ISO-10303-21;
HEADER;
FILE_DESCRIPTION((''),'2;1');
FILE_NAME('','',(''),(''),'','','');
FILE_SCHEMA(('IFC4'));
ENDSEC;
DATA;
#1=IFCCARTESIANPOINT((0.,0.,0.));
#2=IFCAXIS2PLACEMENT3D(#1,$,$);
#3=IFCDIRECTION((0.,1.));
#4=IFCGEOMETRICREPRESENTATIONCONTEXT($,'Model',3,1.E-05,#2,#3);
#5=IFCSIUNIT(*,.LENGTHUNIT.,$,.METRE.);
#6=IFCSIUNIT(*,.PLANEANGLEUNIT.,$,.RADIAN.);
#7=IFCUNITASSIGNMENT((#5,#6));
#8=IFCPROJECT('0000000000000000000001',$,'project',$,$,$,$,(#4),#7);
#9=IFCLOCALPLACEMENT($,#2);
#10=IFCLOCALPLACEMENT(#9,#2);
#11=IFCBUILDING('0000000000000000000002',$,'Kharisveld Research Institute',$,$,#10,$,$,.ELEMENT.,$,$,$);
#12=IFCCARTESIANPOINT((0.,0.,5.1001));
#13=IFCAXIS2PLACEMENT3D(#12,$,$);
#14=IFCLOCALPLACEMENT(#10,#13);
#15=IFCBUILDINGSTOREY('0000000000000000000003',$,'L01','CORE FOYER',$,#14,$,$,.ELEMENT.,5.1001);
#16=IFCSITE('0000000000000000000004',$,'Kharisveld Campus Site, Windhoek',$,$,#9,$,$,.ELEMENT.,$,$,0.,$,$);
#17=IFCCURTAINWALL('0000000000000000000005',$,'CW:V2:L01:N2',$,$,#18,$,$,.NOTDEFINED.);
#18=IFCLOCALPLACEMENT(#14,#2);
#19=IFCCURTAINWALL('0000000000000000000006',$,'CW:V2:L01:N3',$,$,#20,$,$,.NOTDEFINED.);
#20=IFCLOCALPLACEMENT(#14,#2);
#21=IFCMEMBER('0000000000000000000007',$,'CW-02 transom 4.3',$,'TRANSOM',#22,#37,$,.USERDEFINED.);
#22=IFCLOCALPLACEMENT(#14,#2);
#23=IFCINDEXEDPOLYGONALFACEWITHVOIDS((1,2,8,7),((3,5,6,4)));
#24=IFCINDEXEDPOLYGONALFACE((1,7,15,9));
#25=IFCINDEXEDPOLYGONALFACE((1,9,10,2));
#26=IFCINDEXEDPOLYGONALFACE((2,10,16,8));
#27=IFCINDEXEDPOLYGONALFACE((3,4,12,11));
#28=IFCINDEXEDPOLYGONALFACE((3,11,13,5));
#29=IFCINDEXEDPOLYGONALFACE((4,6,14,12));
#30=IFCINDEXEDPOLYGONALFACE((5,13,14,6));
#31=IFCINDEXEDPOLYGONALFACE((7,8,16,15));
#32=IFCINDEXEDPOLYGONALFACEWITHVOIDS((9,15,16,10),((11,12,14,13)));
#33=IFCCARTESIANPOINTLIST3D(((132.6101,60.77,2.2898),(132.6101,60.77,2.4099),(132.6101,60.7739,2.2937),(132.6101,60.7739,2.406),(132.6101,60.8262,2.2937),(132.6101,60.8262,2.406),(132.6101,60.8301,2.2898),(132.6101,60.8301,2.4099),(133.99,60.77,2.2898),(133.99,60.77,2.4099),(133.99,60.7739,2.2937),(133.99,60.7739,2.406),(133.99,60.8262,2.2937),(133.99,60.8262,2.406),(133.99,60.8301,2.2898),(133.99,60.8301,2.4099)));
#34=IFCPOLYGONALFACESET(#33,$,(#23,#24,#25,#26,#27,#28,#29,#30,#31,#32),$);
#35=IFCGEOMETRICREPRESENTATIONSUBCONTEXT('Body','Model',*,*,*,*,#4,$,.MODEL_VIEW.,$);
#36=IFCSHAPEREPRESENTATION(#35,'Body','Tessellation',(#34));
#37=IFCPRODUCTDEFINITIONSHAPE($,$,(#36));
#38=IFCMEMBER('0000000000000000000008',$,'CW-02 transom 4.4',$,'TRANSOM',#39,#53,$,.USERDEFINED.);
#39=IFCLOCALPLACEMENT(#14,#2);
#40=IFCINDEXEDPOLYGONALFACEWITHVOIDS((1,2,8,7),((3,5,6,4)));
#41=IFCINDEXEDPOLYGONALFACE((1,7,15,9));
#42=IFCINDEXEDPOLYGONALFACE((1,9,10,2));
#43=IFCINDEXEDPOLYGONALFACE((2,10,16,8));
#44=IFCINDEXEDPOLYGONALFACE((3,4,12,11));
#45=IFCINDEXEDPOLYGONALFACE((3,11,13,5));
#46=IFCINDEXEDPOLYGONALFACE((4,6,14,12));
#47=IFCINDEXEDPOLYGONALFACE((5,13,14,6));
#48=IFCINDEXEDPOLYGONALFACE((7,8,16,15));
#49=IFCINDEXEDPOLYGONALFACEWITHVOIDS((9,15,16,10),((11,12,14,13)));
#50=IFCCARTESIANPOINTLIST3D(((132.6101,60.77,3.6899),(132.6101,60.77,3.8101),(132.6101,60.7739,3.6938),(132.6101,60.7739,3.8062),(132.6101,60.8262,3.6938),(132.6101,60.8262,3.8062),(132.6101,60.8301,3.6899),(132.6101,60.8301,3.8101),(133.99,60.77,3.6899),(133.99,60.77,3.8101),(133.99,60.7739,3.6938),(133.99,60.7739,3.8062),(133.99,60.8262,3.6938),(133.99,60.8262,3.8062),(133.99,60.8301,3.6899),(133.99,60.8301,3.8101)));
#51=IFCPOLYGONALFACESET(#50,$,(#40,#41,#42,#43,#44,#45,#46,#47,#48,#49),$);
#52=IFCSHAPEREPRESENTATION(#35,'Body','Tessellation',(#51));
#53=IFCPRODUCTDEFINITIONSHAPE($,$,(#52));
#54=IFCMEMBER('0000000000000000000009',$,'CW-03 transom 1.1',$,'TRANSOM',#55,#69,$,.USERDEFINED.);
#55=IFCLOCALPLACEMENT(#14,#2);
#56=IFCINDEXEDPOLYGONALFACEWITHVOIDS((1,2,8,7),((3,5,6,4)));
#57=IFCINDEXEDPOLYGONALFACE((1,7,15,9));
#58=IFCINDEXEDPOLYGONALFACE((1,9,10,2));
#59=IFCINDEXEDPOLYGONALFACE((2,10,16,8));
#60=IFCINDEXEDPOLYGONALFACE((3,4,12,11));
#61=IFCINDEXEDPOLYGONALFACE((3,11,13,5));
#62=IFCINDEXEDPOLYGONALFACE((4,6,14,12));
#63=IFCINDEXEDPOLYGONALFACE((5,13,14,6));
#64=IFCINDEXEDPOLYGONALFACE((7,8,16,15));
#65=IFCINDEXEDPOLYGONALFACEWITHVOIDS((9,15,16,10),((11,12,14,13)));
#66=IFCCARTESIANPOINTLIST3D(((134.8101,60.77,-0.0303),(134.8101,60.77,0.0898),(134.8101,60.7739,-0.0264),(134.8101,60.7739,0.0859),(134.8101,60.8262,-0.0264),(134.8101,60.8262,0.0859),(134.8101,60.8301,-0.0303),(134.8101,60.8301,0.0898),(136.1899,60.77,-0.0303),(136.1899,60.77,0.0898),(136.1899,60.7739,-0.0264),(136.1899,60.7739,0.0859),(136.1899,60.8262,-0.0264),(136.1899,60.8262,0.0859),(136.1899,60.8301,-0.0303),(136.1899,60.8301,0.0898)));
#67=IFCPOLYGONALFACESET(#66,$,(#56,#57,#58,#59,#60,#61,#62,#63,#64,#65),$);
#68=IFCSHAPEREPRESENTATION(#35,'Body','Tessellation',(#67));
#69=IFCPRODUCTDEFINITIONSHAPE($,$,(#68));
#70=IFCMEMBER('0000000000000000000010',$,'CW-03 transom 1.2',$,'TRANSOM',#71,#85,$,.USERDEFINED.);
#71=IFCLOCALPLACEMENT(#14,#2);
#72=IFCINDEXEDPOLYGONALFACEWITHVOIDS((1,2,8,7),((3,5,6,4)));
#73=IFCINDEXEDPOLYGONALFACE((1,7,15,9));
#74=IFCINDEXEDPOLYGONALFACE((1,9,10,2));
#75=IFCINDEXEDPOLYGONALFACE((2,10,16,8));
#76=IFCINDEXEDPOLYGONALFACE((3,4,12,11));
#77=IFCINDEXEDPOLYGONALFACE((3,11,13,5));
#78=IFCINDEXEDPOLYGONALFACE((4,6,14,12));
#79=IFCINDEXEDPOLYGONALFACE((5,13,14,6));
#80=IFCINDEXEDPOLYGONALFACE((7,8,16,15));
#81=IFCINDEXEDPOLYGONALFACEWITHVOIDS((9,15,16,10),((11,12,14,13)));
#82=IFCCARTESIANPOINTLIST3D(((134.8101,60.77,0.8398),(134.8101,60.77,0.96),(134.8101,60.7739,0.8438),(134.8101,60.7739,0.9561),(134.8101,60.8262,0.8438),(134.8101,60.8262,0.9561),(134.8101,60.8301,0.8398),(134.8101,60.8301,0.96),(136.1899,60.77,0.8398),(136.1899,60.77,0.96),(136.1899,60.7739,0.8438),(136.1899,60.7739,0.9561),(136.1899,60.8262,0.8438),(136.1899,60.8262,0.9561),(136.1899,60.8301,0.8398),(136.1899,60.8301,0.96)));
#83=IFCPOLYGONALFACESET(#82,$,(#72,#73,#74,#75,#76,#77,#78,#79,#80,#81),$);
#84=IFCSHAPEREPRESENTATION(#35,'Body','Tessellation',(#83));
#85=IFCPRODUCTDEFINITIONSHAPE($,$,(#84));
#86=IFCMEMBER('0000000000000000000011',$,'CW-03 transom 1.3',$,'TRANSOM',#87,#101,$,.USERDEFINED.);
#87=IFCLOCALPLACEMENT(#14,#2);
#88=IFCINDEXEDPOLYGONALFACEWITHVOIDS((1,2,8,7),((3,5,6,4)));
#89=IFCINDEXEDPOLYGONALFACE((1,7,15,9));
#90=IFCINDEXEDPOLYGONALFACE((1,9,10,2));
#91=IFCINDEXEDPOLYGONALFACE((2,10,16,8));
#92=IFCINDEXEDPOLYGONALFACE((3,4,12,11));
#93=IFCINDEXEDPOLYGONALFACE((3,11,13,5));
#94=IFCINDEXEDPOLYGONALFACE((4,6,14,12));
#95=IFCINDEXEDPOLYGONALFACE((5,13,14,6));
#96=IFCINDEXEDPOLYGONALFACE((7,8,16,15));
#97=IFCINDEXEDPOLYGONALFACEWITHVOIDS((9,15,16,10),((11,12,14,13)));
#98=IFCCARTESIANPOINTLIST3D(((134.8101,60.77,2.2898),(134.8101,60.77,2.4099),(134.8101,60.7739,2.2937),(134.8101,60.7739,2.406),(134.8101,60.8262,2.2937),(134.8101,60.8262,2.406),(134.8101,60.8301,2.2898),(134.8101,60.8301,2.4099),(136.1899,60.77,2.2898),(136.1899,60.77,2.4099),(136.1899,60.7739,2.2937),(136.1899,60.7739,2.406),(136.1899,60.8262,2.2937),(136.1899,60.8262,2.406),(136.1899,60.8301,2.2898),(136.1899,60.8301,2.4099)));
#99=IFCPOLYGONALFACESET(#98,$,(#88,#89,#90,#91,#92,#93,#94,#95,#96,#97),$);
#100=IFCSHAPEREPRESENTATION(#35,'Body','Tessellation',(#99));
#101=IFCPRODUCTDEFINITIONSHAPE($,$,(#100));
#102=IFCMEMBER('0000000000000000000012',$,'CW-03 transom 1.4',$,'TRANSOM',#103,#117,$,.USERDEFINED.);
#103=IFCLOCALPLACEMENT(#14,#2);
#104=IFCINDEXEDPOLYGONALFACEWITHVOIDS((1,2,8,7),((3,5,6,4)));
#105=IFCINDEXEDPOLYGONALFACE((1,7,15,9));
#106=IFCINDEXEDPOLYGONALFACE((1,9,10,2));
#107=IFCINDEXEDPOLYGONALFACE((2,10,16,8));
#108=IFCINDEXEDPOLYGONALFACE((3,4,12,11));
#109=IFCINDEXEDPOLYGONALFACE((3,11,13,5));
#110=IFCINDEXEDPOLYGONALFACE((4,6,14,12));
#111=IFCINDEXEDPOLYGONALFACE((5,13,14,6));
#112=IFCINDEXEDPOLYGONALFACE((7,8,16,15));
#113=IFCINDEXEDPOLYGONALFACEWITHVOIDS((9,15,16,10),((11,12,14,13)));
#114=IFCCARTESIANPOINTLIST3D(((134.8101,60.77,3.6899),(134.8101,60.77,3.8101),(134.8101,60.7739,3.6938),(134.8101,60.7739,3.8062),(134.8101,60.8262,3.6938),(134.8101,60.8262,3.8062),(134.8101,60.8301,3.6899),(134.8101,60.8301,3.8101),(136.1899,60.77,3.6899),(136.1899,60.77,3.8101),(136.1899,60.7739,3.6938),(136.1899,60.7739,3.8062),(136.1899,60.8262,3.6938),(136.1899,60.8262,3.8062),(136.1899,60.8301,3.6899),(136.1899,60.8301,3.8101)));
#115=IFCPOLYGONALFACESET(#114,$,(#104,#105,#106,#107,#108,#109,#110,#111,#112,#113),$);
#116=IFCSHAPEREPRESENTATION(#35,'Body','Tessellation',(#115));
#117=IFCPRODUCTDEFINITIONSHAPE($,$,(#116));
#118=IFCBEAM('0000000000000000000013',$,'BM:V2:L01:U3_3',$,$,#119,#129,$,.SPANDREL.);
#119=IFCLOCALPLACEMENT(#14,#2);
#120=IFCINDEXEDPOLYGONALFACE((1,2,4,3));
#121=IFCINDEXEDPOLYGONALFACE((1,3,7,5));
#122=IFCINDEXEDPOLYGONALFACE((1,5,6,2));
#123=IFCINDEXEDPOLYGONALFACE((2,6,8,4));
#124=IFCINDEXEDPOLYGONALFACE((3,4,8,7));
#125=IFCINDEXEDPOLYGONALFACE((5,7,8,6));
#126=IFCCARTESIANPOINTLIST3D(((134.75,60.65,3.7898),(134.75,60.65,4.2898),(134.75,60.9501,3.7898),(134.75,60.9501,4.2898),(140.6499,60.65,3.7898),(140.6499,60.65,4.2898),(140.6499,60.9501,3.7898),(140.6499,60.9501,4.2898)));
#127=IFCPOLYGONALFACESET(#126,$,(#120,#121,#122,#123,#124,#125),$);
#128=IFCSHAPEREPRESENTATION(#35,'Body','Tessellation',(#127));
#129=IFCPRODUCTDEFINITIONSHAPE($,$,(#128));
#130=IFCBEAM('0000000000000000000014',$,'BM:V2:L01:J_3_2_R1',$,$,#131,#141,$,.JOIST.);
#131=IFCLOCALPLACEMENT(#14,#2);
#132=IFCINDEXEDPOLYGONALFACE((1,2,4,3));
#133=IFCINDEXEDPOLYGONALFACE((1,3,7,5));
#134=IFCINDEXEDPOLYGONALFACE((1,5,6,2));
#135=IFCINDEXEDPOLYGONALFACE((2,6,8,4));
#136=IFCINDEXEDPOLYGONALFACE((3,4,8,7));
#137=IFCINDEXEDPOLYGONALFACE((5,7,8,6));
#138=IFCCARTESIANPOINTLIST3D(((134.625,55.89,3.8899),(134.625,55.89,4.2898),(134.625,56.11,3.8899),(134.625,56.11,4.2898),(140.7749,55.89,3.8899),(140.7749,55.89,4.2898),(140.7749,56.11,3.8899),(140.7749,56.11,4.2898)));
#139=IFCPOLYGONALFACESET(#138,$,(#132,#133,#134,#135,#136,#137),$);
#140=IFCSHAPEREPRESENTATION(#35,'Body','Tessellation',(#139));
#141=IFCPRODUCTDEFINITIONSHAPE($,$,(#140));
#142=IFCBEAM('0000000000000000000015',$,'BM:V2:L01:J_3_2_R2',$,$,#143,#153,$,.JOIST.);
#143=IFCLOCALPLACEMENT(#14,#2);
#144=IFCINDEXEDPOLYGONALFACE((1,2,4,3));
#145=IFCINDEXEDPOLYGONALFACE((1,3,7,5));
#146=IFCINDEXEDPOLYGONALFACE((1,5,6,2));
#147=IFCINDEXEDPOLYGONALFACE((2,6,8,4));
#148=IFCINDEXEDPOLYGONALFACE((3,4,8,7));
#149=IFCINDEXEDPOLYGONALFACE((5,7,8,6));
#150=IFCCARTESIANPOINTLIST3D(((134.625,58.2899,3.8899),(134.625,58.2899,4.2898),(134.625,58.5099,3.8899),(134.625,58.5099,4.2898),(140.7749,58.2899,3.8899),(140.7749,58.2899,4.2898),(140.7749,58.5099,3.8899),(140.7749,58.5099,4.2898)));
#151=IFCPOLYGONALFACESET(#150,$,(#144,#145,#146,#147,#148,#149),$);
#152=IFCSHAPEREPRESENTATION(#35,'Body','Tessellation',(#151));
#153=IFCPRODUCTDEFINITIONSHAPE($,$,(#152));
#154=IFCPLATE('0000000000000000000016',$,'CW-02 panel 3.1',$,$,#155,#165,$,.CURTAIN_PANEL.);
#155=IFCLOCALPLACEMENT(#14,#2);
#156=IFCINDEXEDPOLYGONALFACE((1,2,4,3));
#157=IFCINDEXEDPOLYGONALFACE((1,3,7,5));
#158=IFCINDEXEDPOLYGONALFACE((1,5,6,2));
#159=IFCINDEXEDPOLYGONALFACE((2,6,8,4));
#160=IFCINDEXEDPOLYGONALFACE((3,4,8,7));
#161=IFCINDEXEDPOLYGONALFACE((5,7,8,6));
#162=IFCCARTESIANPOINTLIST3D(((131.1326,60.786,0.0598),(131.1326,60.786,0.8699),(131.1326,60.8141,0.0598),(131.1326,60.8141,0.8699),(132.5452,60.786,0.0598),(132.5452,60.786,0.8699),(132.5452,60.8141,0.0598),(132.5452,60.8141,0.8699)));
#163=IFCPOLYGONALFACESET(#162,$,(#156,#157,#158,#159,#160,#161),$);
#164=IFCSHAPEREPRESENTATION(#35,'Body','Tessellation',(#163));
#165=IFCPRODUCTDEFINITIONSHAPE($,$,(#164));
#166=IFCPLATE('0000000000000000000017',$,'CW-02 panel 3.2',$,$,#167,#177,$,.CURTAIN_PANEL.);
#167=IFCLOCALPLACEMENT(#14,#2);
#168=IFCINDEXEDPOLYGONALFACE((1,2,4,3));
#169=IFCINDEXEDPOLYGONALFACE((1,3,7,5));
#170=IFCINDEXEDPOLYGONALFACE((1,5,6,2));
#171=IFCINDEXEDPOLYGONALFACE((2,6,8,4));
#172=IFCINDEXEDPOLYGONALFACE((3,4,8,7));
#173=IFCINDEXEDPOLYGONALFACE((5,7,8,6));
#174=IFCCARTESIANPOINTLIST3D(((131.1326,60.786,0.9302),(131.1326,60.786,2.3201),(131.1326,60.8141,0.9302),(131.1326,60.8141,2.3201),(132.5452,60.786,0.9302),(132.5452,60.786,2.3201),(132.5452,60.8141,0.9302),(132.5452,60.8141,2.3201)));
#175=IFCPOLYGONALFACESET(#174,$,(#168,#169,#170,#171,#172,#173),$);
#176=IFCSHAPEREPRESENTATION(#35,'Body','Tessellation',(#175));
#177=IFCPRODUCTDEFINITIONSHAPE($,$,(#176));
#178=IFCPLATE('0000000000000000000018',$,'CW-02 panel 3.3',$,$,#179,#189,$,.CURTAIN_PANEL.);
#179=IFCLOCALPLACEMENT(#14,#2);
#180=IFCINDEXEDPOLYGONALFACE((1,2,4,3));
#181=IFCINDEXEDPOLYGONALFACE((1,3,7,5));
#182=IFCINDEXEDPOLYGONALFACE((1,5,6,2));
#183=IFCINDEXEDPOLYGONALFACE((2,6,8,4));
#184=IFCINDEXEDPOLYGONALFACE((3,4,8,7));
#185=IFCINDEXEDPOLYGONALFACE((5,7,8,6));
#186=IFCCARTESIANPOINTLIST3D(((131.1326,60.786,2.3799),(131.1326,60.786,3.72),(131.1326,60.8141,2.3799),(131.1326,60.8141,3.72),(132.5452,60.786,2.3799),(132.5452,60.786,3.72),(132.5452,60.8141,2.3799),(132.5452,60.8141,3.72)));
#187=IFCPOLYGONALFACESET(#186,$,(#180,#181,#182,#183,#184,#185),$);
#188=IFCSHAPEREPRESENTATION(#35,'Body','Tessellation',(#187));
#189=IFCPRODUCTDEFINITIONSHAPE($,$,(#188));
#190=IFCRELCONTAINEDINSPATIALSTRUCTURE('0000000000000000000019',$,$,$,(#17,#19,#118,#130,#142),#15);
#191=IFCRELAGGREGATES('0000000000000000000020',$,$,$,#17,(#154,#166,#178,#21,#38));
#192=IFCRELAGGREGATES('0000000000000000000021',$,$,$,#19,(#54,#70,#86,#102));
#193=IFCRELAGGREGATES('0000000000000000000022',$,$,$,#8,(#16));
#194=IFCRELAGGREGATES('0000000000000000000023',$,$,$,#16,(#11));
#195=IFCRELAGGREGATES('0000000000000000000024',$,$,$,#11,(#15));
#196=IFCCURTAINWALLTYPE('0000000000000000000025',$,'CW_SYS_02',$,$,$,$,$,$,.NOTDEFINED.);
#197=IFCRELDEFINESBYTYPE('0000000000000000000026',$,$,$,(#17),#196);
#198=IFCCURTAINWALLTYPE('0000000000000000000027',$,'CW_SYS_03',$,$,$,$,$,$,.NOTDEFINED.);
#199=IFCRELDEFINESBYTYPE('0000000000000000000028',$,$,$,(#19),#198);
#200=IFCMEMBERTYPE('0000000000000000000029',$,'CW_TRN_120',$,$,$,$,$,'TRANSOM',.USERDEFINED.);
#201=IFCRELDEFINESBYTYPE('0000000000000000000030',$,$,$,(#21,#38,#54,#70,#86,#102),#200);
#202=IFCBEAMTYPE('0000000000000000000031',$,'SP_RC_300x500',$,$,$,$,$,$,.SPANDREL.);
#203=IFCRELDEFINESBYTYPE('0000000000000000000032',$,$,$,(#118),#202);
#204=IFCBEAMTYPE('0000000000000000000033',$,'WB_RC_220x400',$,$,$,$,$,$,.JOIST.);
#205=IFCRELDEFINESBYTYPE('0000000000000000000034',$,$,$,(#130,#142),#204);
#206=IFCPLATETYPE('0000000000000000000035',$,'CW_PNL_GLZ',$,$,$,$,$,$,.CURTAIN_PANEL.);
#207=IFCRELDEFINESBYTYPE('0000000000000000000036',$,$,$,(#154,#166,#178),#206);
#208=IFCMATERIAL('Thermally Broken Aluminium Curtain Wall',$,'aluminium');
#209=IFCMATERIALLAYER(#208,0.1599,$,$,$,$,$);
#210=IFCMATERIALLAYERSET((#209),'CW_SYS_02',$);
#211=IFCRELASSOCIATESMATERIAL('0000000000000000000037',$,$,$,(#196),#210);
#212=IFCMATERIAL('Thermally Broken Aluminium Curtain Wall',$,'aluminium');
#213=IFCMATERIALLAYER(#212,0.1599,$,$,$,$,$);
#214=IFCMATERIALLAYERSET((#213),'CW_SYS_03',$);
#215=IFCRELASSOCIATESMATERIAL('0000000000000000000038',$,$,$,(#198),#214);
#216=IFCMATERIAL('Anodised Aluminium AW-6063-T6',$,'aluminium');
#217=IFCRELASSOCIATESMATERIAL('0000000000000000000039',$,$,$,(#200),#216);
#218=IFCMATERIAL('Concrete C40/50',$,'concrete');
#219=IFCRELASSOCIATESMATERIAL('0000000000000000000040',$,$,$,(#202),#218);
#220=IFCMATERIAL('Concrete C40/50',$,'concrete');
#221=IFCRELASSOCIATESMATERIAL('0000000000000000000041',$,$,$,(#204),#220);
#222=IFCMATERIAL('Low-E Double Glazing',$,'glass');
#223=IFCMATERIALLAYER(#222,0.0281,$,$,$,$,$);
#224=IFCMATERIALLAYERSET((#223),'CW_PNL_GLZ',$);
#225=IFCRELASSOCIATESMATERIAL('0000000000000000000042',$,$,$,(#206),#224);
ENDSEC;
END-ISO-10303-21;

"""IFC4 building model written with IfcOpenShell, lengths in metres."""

from ifc_helpers import new_model, si_unit, direction, frame, origin, origin_2d, place, context, subcontext, project, spatial, rectangle, hollow_rectangle, extrude, material, layer, layer_set, material_profile, profile_set, type_object, element, aggregate, save


model = new_model("IFC4")

# Units and contexts
model_context = context("Model", 3, precision=1e-05, world=origin(), true_north=direction((0.0, 1.0)))
body_context = subcontext(model_context, "Body", "Model", "MODEL_VIEW")
ifc_project = project(units=[si_unit("LENGTHUNIT", "METRE"), si_unit("PLANEANGLEUNIT", "RADIAN")], contexts=[model_context])

# Site, building, storey
site_placement = place(None, origin())
site = spatial("IfcSite", under=ifc_project, at=site_placement, Name="Kharisveld Campus Site, Windhoek", CompositionType="ELEMENT", RefElevation=0.0)
building_placement = place(site_placement, origin())
building = spatial("IfcBuilding", under=site, at=building_placement, Name="Kharisveld Research Institute", CompositionType="ELEMENT")
storey_placement = place(building_placement, frame((0.0, 0.0, 5.1001)))
storey = spatial("IfcBuildingStorey", under=building, at=storey_placement, Name="L01", Description="CORE FOYER", CompositionType="ELEMENT", Elevation=5.1001)

# Curtain wall
ifc_material_1 = material(Name="Thermally Broken Aluminium Curtain Wall", Category="aluminium")
ifc_layer_1 = layer(ifc_material_1, 0.1599)
ifc_layer_set_1 = layer_set([ifc_layer_1], Name="CW_SYS_02")
curtain_wall_type_1 = type_object("IfcCurtainWallType", Name="CW_SYS_02", PredefinedType="NOTDEFINED", material=ifc_layer_set_1)
curtain_wall_1_placement = place(storey_placement, origin())
curtain_wall_1 = element("IfcCurtainWall", 1, at=curtain_wall_1_placement, inside=storey, type_object=curtain_wall_type_1, Name="CW:V2:L01:N2", PredefinedType="NOTDEFINED")

# Curtain wall
ifc_material_2 = material(Name="Thermally Broken Aluminium Curtain Wall", Category="aluminium")
ifc_layer_2 = layer(ifc_material_2, 0.1599)
ifc_layer_set_2 = layer_set([ifc_layer_2], Name="CW_SYS_03")
curtain_wall_type_2 = type_object("IfcCurtainWallType", Name="CW_SYS_03", PredefinedType="NOTDEFINED", material=ifc_layer_set_2)
curtain_wall_2_placement = place(storey_placement, origin())
curtain_wall_2 = element("IfcCurtainWall", 2, at=curtain_wall_2_placement, inside=storey, type_object=curtain_wall_type_2, Name="CW:V2:L01:N3", PredefinedType="NOTDEFINED")

# Members
ifc_material_3 = material(Name="Anodised Aluminium AW-6063-T6", Category="aluminium")
ifc_material_profile_1 = material_profile(ifc_material_3, hollow_rectangle(XDim=0.0601, YDim=0.1201, WallThickness=0.0039, at=origin_2d()))
ifc_profile_set_1 = profile_set([ifc_material_profile_1], Name="Anodised Aluminium AW-6063-T6")
member_type_1 = type_object("IfcMemberType", Name="CW_TRN_120", ElementType="TRANSOM", PredefinedType="USERDEFINED", material=ifc_profile_set_1)
member_1_placement = place(storey_placement, frame((132.6101, 60.8, 2.3499), z_axis=(1.0, 0.0, 0.0), x_axis=(0.0, 1.0, 0.0)))
member_1 = element("IfcMember", 3, at=member_1_placement, type_object=member_type_1, Name="CW-02 transom 4.3", ObjectType="TRANSOM", PredefinedType="USERDEFINED", context=body_context, shape_type="SweptSolid", body=[
    extrude(hollow_rectangle(XDim=0.0601, YDim=0.1201, WallThickness=0.0039, at=origin_2d()), origin(), (0.0, 0.0, 1.0), 1.3799),
])
member_2_placement = place(storey_placement, frame((132.6101, 60.8, 3.75), z_axis=(1.0, 0.0, 0.0), x_axis=(0.0, 1.0, 0.0)))
member_2 = element("IfcMember", 4, at=member_2_placement, type_object=member_type_1, Name="CW-02 transom 4.4", ObjectType="TRANSOM", PredefinedType="USERDEFINED", context=body_context, shape_type="SweptSolid", body=[
    extrude(hollow_rectangle(XDim=0.0601, YDim=0.1201, WallThickness=0.0039, at=origin_2d()), origin(), (0.0, 0.0, 1.0), 1.3799),
])
member_3_placement = place(storey_placement, frame((134.8101, 60.8, 0.0298), z_axis=(1.0, 0.0, 0.0), x_axis=(0.0, 1.0, 0.0)))
member_3 = element("IfcMember", 5, at=member_3_placement, type_object=member_type_1, Name="CW-03 transom 1.1", ObjectType="TRANSOM", PredefinedType="USERDEFINED", context=body_context, shape_type="SweptSolid", body=[
    extrude(hollow_rectangle(XDim=0.0601, YDim=0.1201, WallThickness=0.0039, at=origin_2d()), origin(), (0.0, 0.0, 1.0), 1.3799),
])
member_4_placement = place(storey_placement, frame((134.8101, 60.8, 0.8999), z_axis=(1.0, 0.0, 0.0), x_axis=(0.0, 1.0, 0.0)))
member_4 = element("IfcMember", 6, at=member_4_placement, type_object=member_type_1, Name="CW-03 transom 1.2", ObjectType="TRANSOM", PredefinedType="USERDEFINED", context=body_context, shape_type="SweptSolid", body=[
    extrude(hollow_rectangle(XDim=0.0601, YDim=0.1201, WallThickness=0.0039, at=origin_2d()), origin(), (0.0, 0.0, 1.0), 1.3799),
])
member_5_placement = place(storey_placement, frame((134.8101, 60.8, 2.3499), z_axis=(1.0, 0.0, 0.0), x_axis=(0.0, 1.0, 0.0)))
member_5 = element("IfcMember", 7, at=member_5_placement, type_object=member_type_1, Name="CW-03 transom 1.3", ObjectType="TRANSOM", PredefinedType="USERDEFINED", context=body_context, shape_type="SweptSolid", body=[
    extrude(hollow_rectangle(XDim=0.0601, YDim=0.1201, WallThickness=0.0039, at=origin_2d()), origin(), (0.0, 0.0, 1.0), 1.3799),
])
member_6_placement = place(storey_placement, frame((134.8101, 60.8, 3.75), z_axis=(1.0, 0.0, 0.0), x_axis=(0.0, 1.0, 0.0)))
member_6 = element("IfcMember", 8, at=member_6_placement, type_object=member_type_1, Name="CW-03 transom 1.4", ObjectType="TRANSOM", PredefinedType="USERDEFINED", context=body_context, shape_type="SweptSolid", body=[
    extrude(hollow_rectangle(XDim=0.0601, YDim=0.1201, WallThickness=0.0039, at=origin_2d()), origin(), (0.0, 0.0, 1.0), 1.3799),
])

# Beams
ifc_material_4 = material(Name="Concrete C40/50", Category="concrete")
ifc_material_profile_2 = material_profile(ifc_material_4, rectangle(XDim=0.3, YDim=0.5, at=origin_2d()))
ifc_profile_set_2 = profile_set([ifc_material_profile_2], Name="Concrete C40/50")
beam_type_1 = type_object("IfcBeamType", Name="SP_RC_300x500", PredefinedType="SPANDREL", material=ifc_profile_set_2)
beam_1_placement = place(storey_placement, frame((134.75, 60.8, 4.0398), z_axis=(1.0, 0.0, 0.0), x_axis=(0.0, 1.0, 0.0)))
element("IfcBeam", 9, at=beam_1_placement, inside=storey, type_object=beam_type_1, Name="BM:V2:L01:U3_3", PredefinedType="SPANDREL", context=body_context, shape_type="SweptSolid", body=[
    extrude(rectangle(XDim=0.3, YDim=0.5, at=origin_2d()), origin(), (0.0, 0.0, 1.0), 5.8999),
])
ifc_material_5 = material(Name="Concrete C40/50", Category="concrete")
ifc_material_profile_3 = material_profile(ifc_material_5, rectangle(XDim=0.22, YDim=0.3999, at=origin_2d()))
ifc_profile_set_3 = profile_set([ifc_material_profile_3], Name="Concrete C40/50")
beam_type_2 = type_object("IfcBeamType", Name="WB_RC_220x400", PredefinedType="JOIST", material=ifc_profile_set_3)
for number, where, z_axis, x_axis, name in (
    (10, (134.625, 56.0, 4.0898), (1.0, 0.0, 0.0), (0.0, 1.0, 0.0), "BM:V2:L01:J_3_2_R1"),
    (11, (134.625, 58.3999, 4.0898), (1.0, 0.0, 0.0), (0.0, 1.0, 0.0), "BM:V2:L01:J_3_2_R2"),
):
    element("IfcBeam", number, at=place(storey_placement, frame(where, z_axis=z_axis, x_axis=x_axis)), inside=storey, type_object=beam_type_2, Name=name, PredefinedType="JOIST", context=body_context, shape_type="SweptSolid", body=[
        extrude(rectangle(XDim=0.22, YDim=0.3999, at=origin_2d()), origin(), (0.0, 0.0, 1.0), 6.1499),
    ])

# Plates
ifc_material_6 = material(Name="Low-E Double Glazing", Category="glass")
ifc_layer_3 = layer(ifc_material_6, 0.0281)
ifc_layer_set_3 = layer_set([ifc_layer_3], Name="CW_PNL_GLZ")
plate_type = type_object("IfcPlateType", Name="CW_PNL_GLZ", PredefinedType="CURTAIN_PANEL", material=ifc_layer_set_3)
plate_1_placement = place(storey_placement, frame((131.8389, 60.8, 0.0598), z_axis=(0.0, 0.0, 1.0), x_axis=(1.0, 0.0, 0.0)))
plate_1 = element("IfcPlate", 12, at=plate_1_placement, type_object=plate_type, Name="CW-02 panel 3.1", PredefinedType="CURTAIN_PANEL", context=body_context, shape_type="SweptSolid", body=[
    extrude(rectangle(XDim=1.4126, YDim=0.0281, at=origin_2d()), origin(), (0.0, 0.0, 1.0), 0.8101),
])
plate_2_placement = place(storey_placement, frame((131.8389, 60.8, 0.9302), z_axis=(0.0, 0.0, 1.0), x_axis=(1.0, 0.0, 0.0)))
plate_2 = element("IfcPlate", 13, at=plate_2_placement, type_object=plate_type, Name="CW-02 panel 3.2", PredefinedType="CURTAIN_PANEL", context=body_context, shape_type="SweptSolid", body=[
    extrude(rectangle(XDim=1.4126, YDim=0.0281, at=origin_2d()), origin(), (0.0, 0.0, 1.0), 1.3899),
])
plate_3_placement = place(storey_placement, frame((131.8389, 60.8, 2.3799), z_axis=(0.0, 0.0, 1.0), x_axis=(1.0, 0.0, 0.0)))
plate_3 = element("IfcPlate", 14, at=plate_3_placement, type_object=plate_type, Name="CW-02 panel 3.3", PredefinedType="CURTAIN_PANEL", context=body_context, shape_type="SweptSolid", body=[
    extrude(rectangle(XDim=1.4126, YDim=0.0281, at=origin_2d()), origin(), (0.0, 0.0, 1.0), 1.3401),
])
aggregate(curtain_wall_1, [plate_1, plate_2, plate_3, member_1, member_2])
aggregate(curtain_wall_2, [member_3, member_4, member_5, member_6])

save(model, "model.ifc")
